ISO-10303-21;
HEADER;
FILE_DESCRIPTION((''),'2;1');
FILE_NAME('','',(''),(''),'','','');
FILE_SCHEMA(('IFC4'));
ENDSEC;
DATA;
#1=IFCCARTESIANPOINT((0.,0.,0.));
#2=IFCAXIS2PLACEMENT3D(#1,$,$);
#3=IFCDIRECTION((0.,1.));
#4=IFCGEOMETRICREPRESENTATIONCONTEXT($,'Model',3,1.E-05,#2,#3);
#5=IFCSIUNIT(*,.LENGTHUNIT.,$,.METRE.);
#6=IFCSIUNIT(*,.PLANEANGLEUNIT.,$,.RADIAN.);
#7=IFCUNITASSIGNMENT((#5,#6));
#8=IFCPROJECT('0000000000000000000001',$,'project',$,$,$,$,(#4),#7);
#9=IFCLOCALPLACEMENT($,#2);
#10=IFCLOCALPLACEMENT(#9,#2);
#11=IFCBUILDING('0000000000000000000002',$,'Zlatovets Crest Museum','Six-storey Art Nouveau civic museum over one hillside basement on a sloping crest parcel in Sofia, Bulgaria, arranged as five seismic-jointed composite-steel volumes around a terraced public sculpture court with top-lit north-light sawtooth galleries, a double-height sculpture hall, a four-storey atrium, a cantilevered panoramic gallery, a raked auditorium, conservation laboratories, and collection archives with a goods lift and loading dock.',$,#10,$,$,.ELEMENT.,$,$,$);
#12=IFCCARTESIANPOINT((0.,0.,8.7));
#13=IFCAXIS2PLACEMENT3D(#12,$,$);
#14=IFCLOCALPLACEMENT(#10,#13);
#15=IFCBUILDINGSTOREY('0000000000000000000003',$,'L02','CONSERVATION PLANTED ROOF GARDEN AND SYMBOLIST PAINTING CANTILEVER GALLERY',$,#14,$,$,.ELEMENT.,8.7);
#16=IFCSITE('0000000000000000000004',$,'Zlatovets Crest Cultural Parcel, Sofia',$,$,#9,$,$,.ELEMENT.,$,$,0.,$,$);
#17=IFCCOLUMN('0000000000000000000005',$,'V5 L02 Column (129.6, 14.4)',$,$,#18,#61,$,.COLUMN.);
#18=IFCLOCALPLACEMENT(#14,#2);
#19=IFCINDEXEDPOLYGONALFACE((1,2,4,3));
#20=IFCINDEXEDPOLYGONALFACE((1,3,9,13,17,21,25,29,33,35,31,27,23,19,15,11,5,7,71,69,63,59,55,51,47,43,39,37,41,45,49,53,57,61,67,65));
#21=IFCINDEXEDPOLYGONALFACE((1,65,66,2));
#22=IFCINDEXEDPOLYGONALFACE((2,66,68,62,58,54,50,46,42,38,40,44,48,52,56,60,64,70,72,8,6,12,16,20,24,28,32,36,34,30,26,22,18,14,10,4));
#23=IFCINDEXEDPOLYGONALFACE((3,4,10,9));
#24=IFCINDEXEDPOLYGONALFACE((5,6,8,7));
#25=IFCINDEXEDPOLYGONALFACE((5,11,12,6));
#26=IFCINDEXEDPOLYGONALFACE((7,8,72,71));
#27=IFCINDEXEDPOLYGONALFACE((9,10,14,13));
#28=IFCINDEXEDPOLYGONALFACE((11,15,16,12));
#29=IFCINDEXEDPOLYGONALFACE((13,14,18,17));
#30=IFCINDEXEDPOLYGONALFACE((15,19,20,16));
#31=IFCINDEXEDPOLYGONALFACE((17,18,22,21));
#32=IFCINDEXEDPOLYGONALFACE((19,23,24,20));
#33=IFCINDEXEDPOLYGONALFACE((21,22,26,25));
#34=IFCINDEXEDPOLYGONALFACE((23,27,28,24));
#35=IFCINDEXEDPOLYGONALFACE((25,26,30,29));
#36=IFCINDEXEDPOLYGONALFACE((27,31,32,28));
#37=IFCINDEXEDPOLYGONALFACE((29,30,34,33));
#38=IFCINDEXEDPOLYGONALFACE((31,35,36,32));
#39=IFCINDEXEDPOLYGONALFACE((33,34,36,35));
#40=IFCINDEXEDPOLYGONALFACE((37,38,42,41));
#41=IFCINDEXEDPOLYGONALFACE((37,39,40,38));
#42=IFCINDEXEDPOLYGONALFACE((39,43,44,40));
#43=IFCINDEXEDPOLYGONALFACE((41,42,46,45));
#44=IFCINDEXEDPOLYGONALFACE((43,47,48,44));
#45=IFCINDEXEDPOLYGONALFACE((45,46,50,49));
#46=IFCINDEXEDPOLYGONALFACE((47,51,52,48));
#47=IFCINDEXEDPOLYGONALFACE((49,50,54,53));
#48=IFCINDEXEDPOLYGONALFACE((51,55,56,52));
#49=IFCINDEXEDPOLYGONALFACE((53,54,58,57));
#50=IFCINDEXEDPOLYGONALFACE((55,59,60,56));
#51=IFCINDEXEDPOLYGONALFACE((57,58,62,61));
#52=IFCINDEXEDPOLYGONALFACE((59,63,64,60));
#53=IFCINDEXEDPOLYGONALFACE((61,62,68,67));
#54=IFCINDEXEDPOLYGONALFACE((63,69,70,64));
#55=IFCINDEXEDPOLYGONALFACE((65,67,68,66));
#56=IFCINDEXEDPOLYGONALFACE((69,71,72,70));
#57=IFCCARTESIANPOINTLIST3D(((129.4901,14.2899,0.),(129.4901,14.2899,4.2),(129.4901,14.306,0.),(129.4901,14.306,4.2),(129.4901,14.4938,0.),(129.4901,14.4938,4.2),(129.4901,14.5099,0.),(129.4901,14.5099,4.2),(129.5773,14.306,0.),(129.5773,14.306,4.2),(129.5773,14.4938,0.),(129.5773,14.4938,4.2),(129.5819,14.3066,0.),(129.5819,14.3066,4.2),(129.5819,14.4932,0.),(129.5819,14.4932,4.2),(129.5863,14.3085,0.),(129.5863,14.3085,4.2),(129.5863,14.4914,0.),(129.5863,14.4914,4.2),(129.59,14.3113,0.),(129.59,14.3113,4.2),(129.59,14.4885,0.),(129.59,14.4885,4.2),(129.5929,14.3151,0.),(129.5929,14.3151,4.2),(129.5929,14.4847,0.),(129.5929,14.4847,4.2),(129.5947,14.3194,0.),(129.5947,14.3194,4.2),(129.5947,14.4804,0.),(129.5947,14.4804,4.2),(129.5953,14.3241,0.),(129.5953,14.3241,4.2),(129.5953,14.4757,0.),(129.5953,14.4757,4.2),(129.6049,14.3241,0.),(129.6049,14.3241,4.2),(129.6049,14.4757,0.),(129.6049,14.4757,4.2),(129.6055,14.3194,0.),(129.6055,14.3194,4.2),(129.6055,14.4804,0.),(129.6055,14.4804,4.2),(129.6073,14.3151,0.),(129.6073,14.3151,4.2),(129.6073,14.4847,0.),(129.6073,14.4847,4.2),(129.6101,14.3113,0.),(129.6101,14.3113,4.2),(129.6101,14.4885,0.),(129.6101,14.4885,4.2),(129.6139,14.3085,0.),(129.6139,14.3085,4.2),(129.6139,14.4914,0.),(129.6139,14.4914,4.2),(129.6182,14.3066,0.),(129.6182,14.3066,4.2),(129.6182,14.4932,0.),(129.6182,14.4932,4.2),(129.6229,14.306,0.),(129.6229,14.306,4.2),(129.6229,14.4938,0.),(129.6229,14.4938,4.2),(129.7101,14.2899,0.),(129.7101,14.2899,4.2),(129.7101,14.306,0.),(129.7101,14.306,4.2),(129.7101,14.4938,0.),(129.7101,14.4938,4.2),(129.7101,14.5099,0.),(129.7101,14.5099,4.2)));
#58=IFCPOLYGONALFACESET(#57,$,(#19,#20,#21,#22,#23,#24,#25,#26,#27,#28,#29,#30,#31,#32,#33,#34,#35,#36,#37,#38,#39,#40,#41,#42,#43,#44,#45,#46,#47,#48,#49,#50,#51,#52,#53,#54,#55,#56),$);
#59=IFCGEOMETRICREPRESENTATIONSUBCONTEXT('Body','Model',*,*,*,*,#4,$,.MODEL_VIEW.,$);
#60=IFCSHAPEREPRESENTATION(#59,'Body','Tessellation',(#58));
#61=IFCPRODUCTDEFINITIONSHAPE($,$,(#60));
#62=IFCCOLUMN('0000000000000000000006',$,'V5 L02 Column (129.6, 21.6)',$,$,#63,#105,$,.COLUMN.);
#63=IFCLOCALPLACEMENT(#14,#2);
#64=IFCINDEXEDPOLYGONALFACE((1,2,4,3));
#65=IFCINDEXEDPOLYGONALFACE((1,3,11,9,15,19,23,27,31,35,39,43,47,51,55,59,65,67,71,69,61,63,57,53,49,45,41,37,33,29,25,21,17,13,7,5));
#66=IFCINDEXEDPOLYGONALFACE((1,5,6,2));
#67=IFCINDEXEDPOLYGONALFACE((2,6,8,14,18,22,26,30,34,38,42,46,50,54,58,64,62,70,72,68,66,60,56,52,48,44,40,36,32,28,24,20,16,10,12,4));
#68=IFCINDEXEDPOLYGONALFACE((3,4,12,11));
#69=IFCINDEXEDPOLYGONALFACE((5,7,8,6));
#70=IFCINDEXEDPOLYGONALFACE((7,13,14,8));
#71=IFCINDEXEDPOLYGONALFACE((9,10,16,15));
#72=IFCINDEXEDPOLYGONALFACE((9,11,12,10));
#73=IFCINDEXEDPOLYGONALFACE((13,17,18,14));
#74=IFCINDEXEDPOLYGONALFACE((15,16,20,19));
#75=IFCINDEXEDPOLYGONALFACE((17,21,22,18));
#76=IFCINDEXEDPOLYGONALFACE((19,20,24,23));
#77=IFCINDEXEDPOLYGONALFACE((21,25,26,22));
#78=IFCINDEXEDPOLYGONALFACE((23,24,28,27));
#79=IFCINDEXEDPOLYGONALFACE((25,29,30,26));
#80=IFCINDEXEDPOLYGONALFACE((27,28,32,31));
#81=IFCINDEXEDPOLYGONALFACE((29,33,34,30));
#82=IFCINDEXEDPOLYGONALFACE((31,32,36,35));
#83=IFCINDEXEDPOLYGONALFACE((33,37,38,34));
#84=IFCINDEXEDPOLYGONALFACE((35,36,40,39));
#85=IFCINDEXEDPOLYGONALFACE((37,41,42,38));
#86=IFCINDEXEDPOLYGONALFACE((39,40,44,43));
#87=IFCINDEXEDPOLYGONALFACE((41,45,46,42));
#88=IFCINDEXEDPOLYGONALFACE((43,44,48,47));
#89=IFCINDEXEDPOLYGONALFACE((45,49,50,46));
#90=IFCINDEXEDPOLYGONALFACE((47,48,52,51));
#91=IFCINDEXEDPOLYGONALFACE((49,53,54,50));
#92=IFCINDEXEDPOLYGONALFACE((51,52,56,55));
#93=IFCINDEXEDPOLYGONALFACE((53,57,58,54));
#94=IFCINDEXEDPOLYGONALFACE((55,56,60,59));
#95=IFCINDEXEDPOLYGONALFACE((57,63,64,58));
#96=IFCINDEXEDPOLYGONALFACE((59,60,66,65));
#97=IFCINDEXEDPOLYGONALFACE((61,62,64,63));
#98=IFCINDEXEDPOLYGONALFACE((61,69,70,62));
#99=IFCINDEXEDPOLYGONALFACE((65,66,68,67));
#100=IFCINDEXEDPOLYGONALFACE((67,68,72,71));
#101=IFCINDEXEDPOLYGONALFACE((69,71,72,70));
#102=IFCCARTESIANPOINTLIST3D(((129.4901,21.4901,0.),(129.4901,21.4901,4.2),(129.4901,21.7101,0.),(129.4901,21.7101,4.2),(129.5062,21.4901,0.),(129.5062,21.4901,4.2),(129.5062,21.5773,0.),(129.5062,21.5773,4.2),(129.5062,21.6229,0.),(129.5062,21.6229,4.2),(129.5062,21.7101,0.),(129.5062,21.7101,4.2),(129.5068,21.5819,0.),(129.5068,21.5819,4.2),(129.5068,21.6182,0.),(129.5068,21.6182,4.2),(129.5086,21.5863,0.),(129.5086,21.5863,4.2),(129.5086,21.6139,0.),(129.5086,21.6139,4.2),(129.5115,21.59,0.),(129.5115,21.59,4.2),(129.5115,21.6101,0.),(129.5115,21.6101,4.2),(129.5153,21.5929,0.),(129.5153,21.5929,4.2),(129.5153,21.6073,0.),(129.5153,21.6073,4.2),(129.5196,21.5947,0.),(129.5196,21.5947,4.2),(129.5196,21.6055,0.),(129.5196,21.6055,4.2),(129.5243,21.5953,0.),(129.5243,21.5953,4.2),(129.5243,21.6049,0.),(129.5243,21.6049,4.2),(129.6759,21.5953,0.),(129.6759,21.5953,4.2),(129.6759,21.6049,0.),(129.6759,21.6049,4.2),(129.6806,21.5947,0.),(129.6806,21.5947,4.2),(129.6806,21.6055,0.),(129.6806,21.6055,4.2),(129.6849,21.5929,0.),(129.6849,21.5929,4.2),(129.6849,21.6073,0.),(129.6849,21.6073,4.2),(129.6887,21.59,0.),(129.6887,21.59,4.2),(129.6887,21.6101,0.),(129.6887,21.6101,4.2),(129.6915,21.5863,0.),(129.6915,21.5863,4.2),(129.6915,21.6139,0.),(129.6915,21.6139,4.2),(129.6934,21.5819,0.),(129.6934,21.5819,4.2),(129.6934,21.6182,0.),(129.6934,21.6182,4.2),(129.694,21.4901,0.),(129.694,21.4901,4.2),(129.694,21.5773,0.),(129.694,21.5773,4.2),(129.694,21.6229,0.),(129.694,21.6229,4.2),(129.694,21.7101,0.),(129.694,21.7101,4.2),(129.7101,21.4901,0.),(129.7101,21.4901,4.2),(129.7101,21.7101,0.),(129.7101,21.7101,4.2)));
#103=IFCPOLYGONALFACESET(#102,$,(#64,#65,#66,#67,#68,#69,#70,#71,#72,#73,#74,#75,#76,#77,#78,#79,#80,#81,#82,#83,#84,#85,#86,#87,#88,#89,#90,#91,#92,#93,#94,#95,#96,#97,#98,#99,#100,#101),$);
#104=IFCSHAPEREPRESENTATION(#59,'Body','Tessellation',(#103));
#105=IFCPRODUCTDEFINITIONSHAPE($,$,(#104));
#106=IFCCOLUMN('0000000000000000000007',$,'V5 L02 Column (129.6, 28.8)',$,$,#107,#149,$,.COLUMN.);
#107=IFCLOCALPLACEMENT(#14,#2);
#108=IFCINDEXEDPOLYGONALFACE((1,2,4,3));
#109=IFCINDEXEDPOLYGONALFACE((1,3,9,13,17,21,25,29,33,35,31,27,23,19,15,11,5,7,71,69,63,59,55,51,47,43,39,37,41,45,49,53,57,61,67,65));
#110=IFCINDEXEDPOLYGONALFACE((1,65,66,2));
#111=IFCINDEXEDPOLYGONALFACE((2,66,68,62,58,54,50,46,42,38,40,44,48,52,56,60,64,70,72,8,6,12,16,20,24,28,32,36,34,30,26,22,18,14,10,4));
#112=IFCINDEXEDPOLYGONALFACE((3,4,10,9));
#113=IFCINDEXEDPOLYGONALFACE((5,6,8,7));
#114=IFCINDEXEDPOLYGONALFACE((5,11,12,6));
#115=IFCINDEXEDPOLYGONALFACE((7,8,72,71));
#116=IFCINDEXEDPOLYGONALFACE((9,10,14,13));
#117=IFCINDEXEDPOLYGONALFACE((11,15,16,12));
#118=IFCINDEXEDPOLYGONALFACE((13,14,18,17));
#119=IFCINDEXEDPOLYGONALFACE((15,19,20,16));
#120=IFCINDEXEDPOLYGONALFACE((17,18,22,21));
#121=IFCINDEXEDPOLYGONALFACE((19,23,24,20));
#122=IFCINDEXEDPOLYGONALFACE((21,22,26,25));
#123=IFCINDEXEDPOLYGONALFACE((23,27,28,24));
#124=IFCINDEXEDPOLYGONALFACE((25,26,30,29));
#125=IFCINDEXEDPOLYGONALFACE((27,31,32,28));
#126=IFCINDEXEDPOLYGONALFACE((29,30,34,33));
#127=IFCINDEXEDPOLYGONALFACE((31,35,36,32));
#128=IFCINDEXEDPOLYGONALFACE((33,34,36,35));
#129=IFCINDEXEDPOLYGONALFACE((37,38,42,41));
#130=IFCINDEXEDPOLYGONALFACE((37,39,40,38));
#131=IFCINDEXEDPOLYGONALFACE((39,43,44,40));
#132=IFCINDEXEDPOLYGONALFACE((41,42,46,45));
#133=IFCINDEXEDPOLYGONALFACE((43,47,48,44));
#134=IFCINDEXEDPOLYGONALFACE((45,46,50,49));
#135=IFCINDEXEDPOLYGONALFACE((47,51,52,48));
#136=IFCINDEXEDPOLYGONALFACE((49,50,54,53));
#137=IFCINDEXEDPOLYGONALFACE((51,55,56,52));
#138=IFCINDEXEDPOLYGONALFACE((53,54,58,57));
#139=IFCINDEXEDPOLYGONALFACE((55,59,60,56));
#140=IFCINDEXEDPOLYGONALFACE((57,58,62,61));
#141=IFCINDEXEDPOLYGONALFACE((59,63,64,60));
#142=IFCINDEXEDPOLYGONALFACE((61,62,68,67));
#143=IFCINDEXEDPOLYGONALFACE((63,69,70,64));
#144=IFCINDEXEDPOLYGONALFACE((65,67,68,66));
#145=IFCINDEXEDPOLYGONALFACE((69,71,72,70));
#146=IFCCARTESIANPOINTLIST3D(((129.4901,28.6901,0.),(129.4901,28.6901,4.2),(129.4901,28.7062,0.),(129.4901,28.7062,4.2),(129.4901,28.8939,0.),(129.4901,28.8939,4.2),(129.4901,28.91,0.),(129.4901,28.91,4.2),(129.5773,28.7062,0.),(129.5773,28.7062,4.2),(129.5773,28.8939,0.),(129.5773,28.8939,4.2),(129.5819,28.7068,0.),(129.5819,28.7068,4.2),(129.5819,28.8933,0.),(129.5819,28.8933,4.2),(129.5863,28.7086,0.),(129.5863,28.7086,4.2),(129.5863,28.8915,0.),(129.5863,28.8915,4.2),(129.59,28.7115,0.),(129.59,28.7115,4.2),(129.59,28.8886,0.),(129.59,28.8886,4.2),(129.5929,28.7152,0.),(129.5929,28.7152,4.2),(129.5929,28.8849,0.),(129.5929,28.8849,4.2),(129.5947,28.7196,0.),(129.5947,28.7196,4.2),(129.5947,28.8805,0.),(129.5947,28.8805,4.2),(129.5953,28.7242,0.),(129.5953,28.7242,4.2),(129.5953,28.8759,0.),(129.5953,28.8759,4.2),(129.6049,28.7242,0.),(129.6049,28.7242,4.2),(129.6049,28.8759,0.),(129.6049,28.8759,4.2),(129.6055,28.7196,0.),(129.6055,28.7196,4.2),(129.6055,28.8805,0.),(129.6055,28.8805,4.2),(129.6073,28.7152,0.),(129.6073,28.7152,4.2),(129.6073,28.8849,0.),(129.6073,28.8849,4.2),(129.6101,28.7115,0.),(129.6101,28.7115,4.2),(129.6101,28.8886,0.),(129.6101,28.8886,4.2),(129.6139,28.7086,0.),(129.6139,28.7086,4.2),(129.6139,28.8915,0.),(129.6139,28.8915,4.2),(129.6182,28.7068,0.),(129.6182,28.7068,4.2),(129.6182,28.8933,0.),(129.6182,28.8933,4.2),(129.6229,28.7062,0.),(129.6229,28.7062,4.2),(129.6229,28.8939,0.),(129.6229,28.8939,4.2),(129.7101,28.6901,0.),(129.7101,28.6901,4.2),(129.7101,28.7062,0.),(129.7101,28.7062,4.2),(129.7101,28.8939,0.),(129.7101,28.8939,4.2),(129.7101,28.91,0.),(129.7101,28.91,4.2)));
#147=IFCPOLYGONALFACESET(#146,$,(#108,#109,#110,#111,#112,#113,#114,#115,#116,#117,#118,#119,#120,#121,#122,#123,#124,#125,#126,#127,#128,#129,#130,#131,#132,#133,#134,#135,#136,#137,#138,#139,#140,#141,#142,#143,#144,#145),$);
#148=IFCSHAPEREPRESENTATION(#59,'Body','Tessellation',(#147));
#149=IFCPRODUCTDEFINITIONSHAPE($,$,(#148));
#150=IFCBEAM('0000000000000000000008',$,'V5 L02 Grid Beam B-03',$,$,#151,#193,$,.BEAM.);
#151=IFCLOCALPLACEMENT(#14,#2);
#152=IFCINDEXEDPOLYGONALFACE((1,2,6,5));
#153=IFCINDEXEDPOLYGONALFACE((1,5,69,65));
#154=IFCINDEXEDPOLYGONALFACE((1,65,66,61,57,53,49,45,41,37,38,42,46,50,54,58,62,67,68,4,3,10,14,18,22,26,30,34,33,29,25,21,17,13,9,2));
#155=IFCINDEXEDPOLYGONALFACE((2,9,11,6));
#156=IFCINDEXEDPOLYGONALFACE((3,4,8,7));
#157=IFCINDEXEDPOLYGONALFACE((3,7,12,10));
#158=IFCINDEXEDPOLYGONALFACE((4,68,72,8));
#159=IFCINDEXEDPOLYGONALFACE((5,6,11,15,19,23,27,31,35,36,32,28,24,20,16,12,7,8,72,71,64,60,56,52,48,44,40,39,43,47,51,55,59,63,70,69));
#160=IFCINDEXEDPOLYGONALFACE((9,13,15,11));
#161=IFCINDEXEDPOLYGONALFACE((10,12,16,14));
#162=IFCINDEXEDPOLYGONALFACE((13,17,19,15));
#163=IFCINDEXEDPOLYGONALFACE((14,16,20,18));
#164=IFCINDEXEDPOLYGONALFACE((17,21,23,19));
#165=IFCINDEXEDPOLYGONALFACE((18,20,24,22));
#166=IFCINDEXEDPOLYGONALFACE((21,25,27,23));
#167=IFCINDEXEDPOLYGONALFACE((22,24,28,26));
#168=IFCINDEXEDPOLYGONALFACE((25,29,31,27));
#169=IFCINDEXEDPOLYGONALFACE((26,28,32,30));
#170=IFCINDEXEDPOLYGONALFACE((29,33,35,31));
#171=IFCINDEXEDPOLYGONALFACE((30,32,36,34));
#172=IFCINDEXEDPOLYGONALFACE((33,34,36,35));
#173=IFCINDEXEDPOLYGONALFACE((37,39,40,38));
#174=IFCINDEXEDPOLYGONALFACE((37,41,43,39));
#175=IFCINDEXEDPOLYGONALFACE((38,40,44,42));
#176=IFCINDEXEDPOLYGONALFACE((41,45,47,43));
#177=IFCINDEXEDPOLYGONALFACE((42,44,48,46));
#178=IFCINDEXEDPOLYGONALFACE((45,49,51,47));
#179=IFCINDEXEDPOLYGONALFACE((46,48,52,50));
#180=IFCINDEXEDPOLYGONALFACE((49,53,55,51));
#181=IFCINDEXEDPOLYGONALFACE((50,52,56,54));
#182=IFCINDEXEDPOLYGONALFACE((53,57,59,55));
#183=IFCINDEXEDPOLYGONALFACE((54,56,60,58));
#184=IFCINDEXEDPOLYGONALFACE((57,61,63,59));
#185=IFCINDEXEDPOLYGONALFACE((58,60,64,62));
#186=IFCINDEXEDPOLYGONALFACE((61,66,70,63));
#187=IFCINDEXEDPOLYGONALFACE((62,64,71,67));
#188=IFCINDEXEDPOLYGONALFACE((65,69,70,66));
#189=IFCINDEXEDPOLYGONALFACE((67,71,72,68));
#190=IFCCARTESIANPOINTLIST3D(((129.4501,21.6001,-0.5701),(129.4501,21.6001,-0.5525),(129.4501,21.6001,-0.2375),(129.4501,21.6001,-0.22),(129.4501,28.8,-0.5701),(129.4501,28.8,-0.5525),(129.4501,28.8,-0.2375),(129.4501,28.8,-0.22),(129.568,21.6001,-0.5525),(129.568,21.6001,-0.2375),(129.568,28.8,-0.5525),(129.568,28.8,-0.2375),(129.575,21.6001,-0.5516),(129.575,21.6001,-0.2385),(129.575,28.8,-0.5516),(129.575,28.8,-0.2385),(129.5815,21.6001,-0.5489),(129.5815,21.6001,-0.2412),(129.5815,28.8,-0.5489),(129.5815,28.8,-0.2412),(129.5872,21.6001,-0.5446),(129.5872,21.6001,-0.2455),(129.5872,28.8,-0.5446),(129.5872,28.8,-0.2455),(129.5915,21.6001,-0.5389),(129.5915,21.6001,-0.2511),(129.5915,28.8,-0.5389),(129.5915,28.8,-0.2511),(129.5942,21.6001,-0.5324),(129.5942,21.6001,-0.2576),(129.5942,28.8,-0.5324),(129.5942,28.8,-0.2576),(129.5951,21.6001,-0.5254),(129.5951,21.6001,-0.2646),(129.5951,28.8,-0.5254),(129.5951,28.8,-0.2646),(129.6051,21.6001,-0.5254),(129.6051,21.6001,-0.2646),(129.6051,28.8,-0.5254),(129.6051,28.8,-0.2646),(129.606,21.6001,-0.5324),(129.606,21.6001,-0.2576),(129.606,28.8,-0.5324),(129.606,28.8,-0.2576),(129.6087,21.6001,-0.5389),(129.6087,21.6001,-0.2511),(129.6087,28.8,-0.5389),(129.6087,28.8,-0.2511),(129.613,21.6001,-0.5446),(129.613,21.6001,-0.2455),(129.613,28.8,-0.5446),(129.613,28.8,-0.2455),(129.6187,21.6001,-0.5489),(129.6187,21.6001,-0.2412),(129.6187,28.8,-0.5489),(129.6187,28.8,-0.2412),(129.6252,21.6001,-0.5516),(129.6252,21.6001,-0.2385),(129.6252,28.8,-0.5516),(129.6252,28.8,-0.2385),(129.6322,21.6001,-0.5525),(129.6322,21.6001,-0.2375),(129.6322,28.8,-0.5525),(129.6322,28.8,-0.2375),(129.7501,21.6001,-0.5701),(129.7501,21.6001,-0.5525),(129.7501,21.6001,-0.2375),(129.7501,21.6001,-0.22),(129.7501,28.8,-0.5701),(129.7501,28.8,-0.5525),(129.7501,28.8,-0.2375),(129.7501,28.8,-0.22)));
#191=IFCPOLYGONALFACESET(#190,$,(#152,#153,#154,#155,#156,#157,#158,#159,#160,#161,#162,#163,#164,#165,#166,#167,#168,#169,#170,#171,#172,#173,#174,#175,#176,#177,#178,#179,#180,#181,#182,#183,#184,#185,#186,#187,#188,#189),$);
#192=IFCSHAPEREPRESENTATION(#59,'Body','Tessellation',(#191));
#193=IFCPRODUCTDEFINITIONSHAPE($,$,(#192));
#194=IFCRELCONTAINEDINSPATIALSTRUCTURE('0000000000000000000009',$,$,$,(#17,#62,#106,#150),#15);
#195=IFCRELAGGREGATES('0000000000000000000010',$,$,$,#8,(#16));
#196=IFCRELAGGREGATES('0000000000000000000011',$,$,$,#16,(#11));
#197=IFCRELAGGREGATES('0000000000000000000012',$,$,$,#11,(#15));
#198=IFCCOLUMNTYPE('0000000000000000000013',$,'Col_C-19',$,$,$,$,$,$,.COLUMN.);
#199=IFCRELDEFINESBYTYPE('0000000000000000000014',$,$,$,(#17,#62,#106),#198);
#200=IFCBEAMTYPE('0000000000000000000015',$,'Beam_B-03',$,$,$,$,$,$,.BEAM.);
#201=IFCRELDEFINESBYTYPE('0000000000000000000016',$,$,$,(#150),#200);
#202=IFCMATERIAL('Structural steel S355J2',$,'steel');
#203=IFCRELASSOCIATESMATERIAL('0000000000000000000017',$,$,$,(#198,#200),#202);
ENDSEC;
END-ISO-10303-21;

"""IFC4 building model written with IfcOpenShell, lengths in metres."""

from ifc_helpers import new_model, si_unit, direction, frame, origin, origin_2d, place, context, subcontext, project, spatial, i_section, extrude, material, material_profile, profile_set, type_object, element, save


model = new_model("IFC4")

# Units and contexts
model_context = context("Model", 3, precision=1e-05, world=origin(), true_north=direction((0.0, 1.0)))
body_context = subcontext(model_context, "Body", "Model", "MODEL_VIEW")
ifc_project = project(units=[si_unit("LENGTHUNIT", "METRE"), si_unit("PLANEANGLEUNIT", "RADIAN")], contexts=[model_context])

# Site, building, storey
site_placement = place(None, origin())
site = spatial("IfcSite", under=ifc_project, at=site_placement, Name="Zlatovets Crest Cultural Parcel, Sofia", CompositionType="ELEMENT", RefElevation=0.0)
building_placement = place(site_placement, origin())
building = spatial("IfcBuilding", under=site, at=building_placement, Name="Zlatovets Crest Museum", Description="Six-storey Art Nouveau civic museum over one hillside basement on a sloping crest parcel in Sofia, Bulgaria, arranged as five seismic-jointed composite-steel volumes around a terraced public sculpture court with top-lit north-light sawtooth galleries, a double-height sculpture hall, a four-storey atrium, a cantilevered panoramic gallery, a raked auditorium, conservation laboratories, and collection archives with a goods lift and loading dock.", CompositionType="ELEMENT")
storey_placement = place(building_placement, frame((0.0, 0.0, 8.7)))
storey = spatial("IfcBuildingStorey", under=building, at=storey_placement, Name="L02", Description="CONSERVATION PLANTED ROOF GARDEN AND SYMBOLIST PAINTING CANTILEVER GALLERY", CompositionType="ELEMENT", Elevation=8.7)

# Columns
ifc_material_1 = material(Name="Structural steel S355J2", Category="steel")
ifc_material_profile_1 = material_profile(ifc_material_1, i_section(OverallWidth=0.22, OverallDepth=0.22, WebThickness=0.0095, FlangeThickness=0.0161, FilletRadius=0.0181, at=origin_2d()), Name="HEB 220")
ifc_profile_set_1 = profile_set([ifc_material_profile_1], Name="Structural steel S355J2")
column_type = type_object("IfcColumnType", Name="Col_C-19", PredefinedType="COLUMN", material=ifc_profile_set_1)
for number, where, z_axis, x_axis, name in (
    (1, (129.6001, 14.3999, 0.0), (0.0, 0.0, 1.0), (1.0, 0.0, 0.0), "V5 L02 Column (129.6, 14.4)"),
    (2, (129.6001, 21.6001, 0.0), (0.0, 0.0, 1.0), (0.0, 1.0, 0.0), "V5 L02 Column (129.6, 21.6)"),
    (3, (129.6001, 28.8, 0.0), (0.0, 0.0, 1.0), (1.0, 0.0, 0.0), "V5 L02 Column (129.6, 28.8)"),
):
    element("IfcColumn", number, at=place(storey_placement, frame(where, z_axis=z_axis, x_axis=x_axis)), inside=storey, type_object=column_type, Name=name, PredefinedType="COLUMN", context=body_context, shape_type="SweptSolid", body=[
        extrude(i_section(OverallWidth=0.22, OverallDepth=0.22, WebThickness=0.0095, FlangeThickness=0.0161, FilletRadius=0.0181, at=origin_2d()), origin(), (0.0, 0.0, 1.0), 4.2),
    ])

# Beam
ifc_material_profile_2 = material_profile(ifc_material_1, i_section(OverallWidth=0.3, OverallDepth=0.3501, WebThickness=0.01, FlangeThickness=0.0176, FilletRadius=0.0271, at=origin_2d()), Name="HEA 360")
ifc_profile_set_2 = profile_set([ifc_material_profile_2], Name="Structural steel S355J2")
beam_type_1 = type_object("IfcBeamType", Name="Beam_B-03", PredefinedType="BEAM", material=ifc_profile_set_2)
for number, where, z_axis, x_axis, name in (
    (4, (129.6001, 21.6001, -0.395), (0.0, 1.0, 0.0), (-1.0, 0.0, 0.0), "V5 L02 Grid Beam B-03"),
):
    element("IfcBeam", number, at=place(storey_placement, frame(where, z_axis=z_axis, x_axis=x_axis)), inside=storey, type_object=beam_type_1, Name=name, PredefinedType="BEAM", context=body_context, shape_type="SweptSolid", body=[
        extrude(i_section(OverallWidth=0.3, OverallDepth=0.3501, WebThickness=0.01, FlangeThickness=0.0176, FilletRadius=0.0271, at=origin_2d()), origin(), (0.0, 0.0, 1.0), 7.2),
    ])

save(model, "model.ifc")
